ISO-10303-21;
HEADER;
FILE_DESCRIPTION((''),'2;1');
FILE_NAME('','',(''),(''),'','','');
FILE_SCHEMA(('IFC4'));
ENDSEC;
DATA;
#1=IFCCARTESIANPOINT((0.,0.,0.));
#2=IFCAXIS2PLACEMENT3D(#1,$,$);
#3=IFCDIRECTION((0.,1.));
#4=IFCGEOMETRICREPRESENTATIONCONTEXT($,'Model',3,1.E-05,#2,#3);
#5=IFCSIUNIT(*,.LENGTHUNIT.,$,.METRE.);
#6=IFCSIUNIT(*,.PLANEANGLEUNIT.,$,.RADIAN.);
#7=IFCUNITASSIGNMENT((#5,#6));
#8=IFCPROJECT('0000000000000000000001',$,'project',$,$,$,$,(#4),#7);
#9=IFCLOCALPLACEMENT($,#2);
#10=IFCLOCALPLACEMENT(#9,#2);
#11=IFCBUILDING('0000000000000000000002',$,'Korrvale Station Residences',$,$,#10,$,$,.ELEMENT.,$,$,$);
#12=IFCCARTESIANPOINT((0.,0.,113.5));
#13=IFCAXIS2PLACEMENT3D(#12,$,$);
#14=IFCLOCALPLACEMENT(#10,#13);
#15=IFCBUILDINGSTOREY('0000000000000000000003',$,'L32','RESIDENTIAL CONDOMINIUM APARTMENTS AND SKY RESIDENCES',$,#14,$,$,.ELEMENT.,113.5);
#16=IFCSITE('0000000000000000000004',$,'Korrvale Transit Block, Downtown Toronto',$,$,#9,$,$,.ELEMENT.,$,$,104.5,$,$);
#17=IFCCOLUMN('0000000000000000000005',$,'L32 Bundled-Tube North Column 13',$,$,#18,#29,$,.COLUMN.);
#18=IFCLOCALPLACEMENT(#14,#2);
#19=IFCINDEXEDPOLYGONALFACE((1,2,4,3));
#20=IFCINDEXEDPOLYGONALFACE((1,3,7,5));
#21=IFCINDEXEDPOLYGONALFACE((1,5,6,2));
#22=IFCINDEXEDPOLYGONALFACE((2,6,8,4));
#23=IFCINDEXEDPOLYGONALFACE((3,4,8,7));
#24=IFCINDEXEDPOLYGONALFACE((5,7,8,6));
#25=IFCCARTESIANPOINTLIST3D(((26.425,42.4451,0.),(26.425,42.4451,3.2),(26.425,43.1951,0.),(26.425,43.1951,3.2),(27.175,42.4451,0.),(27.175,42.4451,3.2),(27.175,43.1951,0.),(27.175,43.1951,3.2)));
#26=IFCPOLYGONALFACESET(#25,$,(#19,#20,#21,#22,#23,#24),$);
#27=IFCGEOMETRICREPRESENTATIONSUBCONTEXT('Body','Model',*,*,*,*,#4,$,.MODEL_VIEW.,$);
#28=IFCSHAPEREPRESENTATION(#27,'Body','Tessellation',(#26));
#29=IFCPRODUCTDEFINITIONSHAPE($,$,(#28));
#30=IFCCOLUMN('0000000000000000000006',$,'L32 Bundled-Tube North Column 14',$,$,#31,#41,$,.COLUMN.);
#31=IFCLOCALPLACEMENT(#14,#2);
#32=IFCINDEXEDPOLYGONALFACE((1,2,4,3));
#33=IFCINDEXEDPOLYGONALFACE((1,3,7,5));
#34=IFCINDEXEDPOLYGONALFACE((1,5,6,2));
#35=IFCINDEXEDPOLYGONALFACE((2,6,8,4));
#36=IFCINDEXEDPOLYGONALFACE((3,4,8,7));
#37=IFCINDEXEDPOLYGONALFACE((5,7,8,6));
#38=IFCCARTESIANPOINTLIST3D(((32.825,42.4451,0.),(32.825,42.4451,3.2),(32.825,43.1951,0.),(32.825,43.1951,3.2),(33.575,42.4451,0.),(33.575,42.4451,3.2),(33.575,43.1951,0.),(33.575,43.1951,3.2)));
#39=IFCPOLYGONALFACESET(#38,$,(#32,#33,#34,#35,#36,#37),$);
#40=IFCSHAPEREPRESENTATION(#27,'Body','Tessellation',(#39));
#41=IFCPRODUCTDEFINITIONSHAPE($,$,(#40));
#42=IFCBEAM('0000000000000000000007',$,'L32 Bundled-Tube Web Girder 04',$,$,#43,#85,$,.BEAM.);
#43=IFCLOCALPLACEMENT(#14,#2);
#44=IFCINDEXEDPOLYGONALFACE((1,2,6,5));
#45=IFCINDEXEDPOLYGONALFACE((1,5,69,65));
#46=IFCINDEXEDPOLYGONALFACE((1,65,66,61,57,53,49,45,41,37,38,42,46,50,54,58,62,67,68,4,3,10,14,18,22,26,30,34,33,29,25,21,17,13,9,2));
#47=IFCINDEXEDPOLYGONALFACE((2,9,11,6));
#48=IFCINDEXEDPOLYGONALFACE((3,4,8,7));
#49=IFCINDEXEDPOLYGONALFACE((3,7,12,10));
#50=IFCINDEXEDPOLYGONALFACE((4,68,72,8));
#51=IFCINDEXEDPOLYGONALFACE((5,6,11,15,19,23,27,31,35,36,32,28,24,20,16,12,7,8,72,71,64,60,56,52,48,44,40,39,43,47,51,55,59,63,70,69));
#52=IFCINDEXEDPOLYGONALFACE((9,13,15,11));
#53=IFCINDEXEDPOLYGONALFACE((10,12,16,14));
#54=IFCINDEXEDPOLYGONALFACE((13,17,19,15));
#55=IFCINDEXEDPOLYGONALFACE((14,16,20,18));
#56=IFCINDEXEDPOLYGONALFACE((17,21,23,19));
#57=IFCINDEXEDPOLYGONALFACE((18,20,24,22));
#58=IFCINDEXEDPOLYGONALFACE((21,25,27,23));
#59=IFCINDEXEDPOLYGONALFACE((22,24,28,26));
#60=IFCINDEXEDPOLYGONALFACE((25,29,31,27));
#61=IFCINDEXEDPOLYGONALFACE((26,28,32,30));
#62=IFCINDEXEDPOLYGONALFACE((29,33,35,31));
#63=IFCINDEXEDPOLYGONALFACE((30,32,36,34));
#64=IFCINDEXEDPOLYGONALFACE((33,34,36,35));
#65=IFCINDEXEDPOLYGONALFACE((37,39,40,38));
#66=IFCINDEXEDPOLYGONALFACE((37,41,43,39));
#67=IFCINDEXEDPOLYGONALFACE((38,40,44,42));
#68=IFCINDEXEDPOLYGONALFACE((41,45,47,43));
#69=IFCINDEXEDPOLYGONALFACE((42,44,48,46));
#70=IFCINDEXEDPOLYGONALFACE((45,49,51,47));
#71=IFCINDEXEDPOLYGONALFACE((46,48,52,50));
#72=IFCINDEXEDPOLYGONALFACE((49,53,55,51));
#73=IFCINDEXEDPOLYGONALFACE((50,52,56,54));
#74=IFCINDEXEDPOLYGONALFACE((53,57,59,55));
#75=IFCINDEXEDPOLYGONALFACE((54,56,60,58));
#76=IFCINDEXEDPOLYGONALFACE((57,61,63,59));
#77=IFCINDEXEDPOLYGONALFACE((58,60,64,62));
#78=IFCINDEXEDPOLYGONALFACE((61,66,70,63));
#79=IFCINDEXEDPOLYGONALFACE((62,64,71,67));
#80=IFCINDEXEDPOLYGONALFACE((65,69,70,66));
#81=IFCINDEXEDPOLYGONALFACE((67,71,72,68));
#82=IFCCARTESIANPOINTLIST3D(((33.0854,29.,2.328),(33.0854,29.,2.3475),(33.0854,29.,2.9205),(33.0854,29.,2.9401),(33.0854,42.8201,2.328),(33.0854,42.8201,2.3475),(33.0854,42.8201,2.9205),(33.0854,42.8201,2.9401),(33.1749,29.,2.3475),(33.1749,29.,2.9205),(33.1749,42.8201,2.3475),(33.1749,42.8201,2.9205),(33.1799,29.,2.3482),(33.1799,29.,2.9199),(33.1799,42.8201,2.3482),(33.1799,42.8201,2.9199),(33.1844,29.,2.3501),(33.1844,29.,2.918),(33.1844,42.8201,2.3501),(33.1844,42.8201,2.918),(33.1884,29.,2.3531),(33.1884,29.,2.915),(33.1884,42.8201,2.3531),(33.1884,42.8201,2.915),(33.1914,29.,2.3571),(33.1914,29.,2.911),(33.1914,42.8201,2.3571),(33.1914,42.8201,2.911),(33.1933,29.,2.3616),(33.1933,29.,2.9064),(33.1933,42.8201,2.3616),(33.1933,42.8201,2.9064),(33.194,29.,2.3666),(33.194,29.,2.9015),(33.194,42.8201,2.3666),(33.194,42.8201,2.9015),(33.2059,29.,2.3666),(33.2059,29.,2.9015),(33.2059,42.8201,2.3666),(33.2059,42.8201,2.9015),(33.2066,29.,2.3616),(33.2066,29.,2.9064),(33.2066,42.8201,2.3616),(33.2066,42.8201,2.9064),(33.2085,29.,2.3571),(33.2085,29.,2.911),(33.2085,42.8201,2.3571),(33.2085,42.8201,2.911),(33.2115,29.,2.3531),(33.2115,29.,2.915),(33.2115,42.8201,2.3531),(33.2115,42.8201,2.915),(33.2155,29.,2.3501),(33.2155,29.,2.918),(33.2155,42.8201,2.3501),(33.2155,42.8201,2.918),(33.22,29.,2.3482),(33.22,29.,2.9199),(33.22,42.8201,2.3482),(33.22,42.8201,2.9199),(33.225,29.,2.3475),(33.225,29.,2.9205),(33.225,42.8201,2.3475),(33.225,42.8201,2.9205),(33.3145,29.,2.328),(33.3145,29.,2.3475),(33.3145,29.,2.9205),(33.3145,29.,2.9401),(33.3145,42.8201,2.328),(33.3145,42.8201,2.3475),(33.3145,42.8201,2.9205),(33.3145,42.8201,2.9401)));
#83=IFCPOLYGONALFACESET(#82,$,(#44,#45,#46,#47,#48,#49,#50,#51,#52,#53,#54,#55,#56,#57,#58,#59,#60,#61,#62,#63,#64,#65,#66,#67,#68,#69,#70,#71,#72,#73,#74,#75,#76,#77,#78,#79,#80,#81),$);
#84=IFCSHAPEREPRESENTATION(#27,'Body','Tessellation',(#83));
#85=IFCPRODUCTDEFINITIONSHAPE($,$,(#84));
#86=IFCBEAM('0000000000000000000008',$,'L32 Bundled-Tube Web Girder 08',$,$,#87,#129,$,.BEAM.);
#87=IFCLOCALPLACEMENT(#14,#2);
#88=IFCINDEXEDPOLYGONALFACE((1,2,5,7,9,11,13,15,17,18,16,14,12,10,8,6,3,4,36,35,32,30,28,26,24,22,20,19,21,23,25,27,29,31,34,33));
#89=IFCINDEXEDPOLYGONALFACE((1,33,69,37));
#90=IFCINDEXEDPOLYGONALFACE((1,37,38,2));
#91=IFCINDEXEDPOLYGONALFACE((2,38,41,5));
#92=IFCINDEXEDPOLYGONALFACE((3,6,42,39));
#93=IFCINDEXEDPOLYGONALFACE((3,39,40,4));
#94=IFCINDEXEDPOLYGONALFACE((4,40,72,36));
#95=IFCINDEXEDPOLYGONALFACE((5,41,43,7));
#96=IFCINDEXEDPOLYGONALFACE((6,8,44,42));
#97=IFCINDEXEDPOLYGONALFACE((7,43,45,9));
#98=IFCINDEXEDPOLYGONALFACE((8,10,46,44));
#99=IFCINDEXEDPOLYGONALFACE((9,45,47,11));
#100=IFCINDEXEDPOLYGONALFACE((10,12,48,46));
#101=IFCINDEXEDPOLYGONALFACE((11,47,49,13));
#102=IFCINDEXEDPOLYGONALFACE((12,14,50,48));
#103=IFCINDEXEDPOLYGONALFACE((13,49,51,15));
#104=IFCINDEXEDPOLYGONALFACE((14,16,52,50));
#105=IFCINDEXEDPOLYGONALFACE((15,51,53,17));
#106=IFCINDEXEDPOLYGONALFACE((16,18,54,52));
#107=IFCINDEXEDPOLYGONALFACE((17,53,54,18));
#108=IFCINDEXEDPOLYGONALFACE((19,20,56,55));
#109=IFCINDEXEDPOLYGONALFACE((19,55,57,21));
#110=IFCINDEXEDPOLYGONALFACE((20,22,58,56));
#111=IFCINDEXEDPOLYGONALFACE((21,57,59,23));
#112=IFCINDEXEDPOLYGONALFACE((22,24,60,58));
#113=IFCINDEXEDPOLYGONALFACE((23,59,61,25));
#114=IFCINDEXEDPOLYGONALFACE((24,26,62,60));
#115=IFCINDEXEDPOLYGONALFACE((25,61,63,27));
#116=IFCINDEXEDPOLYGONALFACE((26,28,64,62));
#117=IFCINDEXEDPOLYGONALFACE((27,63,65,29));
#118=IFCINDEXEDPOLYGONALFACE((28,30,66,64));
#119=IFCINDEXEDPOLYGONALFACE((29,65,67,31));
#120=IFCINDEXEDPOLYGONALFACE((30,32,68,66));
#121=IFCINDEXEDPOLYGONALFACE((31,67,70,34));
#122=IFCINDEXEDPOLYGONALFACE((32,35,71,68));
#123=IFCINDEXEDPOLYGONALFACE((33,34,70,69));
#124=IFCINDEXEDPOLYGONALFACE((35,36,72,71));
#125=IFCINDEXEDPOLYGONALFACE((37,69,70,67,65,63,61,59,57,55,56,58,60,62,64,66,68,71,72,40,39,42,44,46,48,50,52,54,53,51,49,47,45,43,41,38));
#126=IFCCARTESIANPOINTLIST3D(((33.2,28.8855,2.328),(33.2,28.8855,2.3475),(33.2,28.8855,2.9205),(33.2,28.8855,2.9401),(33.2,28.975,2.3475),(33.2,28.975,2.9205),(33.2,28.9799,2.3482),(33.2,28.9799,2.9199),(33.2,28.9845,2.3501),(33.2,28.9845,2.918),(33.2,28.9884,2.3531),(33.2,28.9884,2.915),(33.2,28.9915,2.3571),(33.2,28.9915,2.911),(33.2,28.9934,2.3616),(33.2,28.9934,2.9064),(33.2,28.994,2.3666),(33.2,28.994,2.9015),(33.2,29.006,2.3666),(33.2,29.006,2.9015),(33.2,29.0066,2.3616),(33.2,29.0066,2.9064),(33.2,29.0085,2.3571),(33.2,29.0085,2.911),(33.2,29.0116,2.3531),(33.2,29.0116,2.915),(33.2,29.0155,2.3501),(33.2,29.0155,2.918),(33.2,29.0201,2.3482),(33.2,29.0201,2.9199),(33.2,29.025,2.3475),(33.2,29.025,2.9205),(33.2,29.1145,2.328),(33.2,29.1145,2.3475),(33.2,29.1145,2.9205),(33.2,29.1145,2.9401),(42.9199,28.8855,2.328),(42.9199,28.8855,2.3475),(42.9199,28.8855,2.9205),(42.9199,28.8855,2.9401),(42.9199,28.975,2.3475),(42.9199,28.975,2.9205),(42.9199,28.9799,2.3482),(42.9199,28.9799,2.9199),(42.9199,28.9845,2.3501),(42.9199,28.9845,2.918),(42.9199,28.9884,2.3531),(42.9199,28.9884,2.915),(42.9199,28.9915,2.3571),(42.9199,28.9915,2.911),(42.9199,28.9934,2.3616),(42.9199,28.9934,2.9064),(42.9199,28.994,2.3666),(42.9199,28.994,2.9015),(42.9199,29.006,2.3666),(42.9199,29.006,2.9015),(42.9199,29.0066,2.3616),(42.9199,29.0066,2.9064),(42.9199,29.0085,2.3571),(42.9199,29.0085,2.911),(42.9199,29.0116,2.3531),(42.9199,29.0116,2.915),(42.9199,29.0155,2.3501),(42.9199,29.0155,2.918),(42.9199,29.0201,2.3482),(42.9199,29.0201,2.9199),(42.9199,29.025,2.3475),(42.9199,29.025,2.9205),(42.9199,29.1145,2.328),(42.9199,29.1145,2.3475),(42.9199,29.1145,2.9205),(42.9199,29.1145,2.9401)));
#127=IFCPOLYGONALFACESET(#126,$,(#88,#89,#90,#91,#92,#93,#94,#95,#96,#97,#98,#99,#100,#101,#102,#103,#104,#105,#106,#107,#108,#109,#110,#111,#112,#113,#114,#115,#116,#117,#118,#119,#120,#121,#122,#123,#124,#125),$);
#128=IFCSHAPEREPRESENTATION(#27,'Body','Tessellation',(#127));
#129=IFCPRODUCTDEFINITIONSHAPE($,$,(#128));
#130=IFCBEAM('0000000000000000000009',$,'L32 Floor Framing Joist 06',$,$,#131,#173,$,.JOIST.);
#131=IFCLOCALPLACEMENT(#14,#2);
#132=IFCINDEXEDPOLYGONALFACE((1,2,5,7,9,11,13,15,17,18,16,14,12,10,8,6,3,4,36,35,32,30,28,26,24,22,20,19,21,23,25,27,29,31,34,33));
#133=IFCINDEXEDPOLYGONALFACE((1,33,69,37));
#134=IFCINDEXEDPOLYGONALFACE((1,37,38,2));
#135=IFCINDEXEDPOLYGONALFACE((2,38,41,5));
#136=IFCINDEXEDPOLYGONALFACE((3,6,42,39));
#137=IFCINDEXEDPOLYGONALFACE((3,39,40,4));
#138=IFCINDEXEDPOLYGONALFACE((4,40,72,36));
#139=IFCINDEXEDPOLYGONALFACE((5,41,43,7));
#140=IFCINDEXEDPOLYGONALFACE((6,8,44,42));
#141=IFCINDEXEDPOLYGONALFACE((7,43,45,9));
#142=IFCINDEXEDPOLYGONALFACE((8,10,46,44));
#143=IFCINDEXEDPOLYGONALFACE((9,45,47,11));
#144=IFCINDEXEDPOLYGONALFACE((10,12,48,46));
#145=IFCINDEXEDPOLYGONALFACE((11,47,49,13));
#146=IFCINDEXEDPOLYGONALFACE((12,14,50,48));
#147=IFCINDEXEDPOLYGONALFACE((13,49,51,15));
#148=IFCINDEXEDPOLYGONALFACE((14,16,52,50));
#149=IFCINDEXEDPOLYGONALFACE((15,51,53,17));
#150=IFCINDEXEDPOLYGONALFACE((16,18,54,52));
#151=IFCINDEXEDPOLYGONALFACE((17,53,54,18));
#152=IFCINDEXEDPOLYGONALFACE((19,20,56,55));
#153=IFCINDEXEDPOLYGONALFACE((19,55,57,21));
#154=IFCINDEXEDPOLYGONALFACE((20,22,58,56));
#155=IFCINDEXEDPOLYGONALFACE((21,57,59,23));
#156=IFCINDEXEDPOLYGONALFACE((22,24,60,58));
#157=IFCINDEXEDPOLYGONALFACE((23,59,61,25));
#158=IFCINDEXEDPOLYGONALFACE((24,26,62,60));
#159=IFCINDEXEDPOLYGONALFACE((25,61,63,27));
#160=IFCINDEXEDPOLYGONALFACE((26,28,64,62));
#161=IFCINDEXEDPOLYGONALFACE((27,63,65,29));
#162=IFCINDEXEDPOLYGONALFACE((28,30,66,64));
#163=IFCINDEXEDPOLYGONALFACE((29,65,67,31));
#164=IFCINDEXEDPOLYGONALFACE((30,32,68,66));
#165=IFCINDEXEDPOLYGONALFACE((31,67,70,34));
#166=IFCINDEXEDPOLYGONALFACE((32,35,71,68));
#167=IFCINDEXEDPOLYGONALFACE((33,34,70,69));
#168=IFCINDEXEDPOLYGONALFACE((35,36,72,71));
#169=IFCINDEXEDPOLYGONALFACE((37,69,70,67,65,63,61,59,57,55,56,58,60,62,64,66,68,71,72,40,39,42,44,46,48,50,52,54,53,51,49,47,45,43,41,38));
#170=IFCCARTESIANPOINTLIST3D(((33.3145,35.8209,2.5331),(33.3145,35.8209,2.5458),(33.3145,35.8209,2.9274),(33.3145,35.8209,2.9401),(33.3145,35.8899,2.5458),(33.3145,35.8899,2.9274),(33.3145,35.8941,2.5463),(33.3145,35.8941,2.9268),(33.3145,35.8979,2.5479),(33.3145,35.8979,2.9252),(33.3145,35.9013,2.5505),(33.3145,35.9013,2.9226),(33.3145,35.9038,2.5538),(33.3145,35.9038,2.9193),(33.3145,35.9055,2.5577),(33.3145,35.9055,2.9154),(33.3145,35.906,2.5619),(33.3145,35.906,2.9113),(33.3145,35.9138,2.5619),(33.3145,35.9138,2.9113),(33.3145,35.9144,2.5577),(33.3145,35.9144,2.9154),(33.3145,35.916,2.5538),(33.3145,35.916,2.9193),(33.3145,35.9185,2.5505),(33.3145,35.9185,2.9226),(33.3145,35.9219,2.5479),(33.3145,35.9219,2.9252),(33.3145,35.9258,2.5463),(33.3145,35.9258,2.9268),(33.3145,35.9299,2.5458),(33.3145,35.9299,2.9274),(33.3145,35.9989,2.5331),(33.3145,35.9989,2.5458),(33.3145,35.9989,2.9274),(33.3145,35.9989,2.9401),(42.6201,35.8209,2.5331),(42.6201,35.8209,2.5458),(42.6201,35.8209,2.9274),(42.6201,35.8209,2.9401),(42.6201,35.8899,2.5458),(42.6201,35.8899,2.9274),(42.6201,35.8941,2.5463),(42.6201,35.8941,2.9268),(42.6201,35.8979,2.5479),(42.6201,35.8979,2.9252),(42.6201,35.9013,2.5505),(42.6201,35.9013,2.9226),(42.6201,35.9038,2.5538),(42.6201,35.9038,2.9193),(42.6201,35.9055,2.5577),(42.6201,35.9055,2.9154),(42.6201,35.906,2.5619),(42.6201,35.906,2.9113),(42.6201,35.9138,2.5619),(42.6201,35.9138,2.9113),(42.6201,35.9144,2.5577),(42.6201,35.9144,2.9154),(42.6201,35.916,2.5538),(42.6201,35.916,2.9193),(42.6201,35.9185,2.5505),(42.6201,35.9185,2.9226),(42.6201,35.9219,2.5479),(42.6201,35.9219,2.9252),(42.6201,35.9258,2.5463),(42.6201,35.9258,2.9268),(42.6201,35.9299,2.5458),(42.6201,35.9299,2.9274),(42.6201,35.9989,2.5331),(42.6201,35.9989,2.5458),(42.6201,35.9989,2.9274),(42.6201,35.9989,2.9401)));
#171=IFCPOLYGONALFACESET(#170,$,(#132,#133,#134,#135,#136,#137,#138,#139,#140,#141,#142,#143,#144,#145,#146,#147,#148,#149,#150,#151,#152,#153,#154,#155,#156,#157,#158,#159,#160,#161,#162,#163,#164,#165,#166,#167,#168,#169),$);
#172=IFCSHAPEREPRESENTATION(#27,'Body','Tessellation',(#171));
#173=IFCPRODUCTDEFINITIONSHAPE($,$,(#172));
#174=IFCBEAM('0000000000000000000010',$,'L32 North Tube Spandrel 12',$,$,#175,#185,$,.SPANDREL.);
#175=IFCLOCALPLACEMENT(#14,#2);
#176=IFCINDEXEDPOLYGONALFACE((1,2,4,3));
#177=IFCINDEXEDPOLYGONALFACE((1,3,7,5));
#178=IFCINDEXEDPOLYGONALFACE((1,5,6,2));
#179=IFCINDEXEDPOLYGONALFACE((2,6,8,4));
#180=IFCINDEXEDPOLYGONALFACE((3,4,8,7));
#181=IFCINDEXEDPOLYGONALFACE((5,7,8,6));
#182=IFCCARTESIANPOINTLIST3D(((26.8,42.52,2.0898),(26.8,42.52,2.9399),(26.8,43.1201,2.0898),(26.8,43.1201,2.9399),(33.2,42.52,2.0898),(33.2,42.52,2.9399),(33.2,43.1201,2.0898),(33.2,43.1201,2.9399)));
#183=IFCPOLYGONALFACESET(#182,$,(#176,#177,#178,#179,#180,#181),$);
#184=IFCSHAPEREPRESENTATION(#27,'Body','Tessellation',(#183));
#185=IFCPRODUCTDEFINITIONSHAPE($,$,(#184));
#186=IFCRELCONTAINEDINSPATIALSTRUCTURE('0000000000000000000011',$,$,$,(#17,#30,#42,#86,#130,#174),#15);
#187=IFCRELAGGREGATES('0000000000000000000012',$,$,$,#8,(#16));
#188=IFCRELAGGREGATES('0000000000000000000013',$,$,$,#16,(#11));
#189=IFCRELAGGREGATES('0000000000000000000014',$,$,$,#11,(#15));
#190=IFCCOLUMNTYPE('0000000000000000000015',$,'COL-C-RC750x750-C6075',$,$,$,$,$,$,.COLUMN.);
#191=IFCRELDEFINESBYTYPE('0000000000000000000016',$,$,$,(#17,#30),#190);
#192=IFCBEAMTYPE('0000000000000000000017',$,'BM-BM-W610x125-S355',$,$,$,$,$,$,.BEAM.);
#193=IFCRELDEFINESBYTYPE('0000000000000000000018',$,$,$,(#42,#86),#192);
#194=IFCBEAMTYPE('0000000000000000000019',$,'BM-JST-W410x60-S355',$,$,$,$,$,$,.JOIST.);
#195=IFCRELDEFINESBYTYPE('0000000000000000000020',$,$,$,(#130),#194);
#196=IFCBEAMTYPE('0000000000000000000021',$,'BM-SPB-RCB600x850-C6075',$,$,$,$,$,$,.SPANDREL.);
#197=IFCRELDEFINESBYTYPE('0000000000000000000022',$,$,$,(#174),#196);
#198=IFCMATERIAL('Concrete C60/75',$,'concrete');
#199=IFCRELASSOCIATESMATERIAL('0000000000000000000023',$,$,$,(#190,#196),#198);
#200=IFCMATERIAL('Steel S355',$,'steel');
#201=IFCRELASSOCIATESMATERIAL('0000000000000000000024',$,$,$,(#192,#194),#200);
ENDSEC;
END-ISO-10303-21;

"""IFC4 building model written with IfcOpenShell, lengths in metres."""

from ifc_helpers import new_model, si_unit, direction, frame, origin, origin_2d, place, context, subcontext, project, spatial, rectangle, i_section, extrude, material, material_profile, profile_set, type_object, element, save


model = new_model("IFC4")

# Units and contexts
model_context = context("Model", 3, precision=1e-05, world=origin(), true_north=direction((0.0, 1.0)))
body_context = subcontext(model_context, "Body", "Model", "MODEL_VIEW")
ifc_project = project(units=[si_unit("LENGTHUNIT", "METRE"), si_unit("PLANEANGLEUNIT", "RADIAN")], contexts=[model_context])

# Site, building, storey
site_placement = place(None, origin())
site = spatial("IfcSite", under=ifc_project, at=site_placement, Name="Korrvale Transit Block, Downtown Toronto", CompositionType="ELEMENT", RefElevation=104.5)
building_placement = place(site_placement, origin())
building = spatial("IfcBuilding", under=site, at=building_placement, Name="Korrvale Station Residences", CompositionType="ELEMENT")
storey_placement = place(building_placement, frame((0.0, 0.0, 113.5)))
storey = spatial("IfcBuildingStorey", under=building, at=storey_placement, Name="L32", Description="RESIDENTIAL CONDOMINIUM APARTMENTS AND SKY RESIDENCES", CompositionType="ELEMENT", Elevation=113.5)

# Columns
ifc_material_1 = material(Name="Concrete C60/75", Category="concrete")
ifc_material_profile_1 = material_profile(ifc_material_1, rectangle(XDim=0.75, YDim=0.75, at=origin_2d()), Name="RC750x750")
ifc_profile_set_1 = profile_set([ifc_material_profile_1], Name="Concrete C60/75")
column_type = type_object("IfcColumnType", Name="COL-C-RC750x750-C6075", PredefinedType="COLUMN", material=ifc_profile_set_1)
for number, where, z_axis, x_axis, name in (
    (1, (26.8, 42.8201, 0.0), (0.0, 0.0, 1.0), (1.0, 0.0, 0.0), "L32 Bundled-Tube North Column 13"),
    (2, (33.2, 42.8201, 0.0), (0.0, 0.0, 1.0), (1.0, 0.0, 0.0), "L32 Bundled-Tube North Column 14"),
):
    element("IfcColumn", number, at=place(storey_placement, frame(where, z_axis=z_axis, x_axis=x_axis)), inside=storey, type_object=column_type, Name=name, PredefinedType="COLUMN", context=body_context, shape_type="SweptSolid", body=[
        extrude(rectangle(XDim=0.75, YDim=0.75, at=origin_2d()), origin(), (0.0, 0.0, 1.0), 3.2),
    ])

# Beams
ifc_material_2 = material(Name="Steel S355", Category="steel")
ifc_material_profile_2 = material_profile(ifc_material_2, i_section(OverallWidth=0.229, OverallDepth=0.6121, WebThickness=0.012, FlangeThickness=0.0195, FilletRadius=0.019, at=origin_2d()), Name="W610x125")
ifc_profile_set_2 = profile_set([ifc_material_profile_2], Name="Steel S355")
beam_type_1 = type_object("IfcBeamType", Name="BM-BM-W610x125-S355", PredefinedType="BEAM", material=ifc_profile_set_2)
beam_1_placement = place(storey_placement, frame((33.2, 29.0, 2.634), z_axis=(0.0, 1.0, 0.0), x_axis=(-1.0, 0.0, 0.0)))
element("IfcBeam", 3, at=beam_1_placement, inside=storey, type_object=beam_type_1, Name="L32 Bundled-Tube Web Girder 04", PredefinedType="BEAM", context=body_context, shape_type="SweptSolid", body=[
    extrude(i_section(OverallWidth=0.229, OverallDepth=0.6121, WebThickness=0.012, FlangeThickness=0.0195, FilletRadius=0.019, at=origin_2d()), origin(), (0.0, 0.0, 1.0), 13.8201),
])
beam_2_placement = place(storey_placement, frame((33.2, 29.0, 2.634), z_axis=(1.0, 0.0, 0.0), x_axis=(0.0, 1.0, 0.0)))
element("IfcBeam", 4, at=beam_2_placement, inside=storey, type_object=beam_type_1, Name="L32 Bundled-Tube Web Girder 08", PredefinedType="BEAM", context=body_context, shape_type="SweptSolid", body=[
    extrude(i_section(OverallWidth=0.229, OverallDepth=0.6121, WebThickness=0.012, FlangeThickness=0.0195, FilletRadius=0.019, at=origin_2d()), origin(), (0.0, 0.0, 1.0), 9.72),
])
ifc_material_profile_3 = material_profile(ifc_material_2, i_section(OverallWidth=0.178, OverallDepth=0.407, WebThickness=0.0078, FlangeThickness=0.0127, FilletRadius=0.0161, at=origin_2d()), Name="W410x60")
ifc_profile_set_3 = profile_set([ifc_material_profile_3], Name="Steel S355")
beam_type_2 = type_object("IfcBeamType", Name="BM-JST-W410x60-S355", PredefinedType="JOIST", material=ifc_profile_set_3)
beam_3_placement = place(storey_placement, frame((33.3145, 35.9099, 2.7366), z_axis=(1.0, 0.0, 0.0), x_axis=(0.0, 1.0, 0.0)))
element("IfcBeam", 5, at=beam_3_placement, inside=storey, type_object=beam_type_2, Name="L32 Floor Framing Joist 06", PredefinedType="JOIST", context=body_context, shape_type="SweptSolid", body=[
    extrude(i_section(OverallWidth=0.178, OverallDepth=0.407, WebThickness=0.0078, FlangeThickness=0.0127, FilletRadius=0.0161, at=origin_2d()), origin(), (0.0, 0.0, 1.0), 9.3057),
])
ifc_material_profile_4 = material_profile(ifc_material_1, rectangle(XDim=0.6001, YDim=0.8501, at=origin_2d()), Name="RCB600x850")
ifc_profile_set_4 = profile_set([ifc_material_profile_4], Name="Concrete C60/75")
beam_type_3 = type_object("IfcBeamType", Name="BM-SPB-RCB600x850-C6075", PredefinedType="SPANDREL", material=ifc_profile_set_4)
beam_4_placement = place(storey_placement, frame((26.8, 42.8201, 2.5149), z_axis=(1.0, 0.0, 0.0), x_axis=(0.0, 1.0, 0.0)))
element("IfcBeam", 6, at=beam_4_placement, inside=storey, type_object=beam_type_3, Name="L32 North Tube Spandrel 12", PredefinedType="SPANDREL", context=body_context, shape_type="SweptSolid", body=[
    extrude(rectangle(XDim=0.6001, YDim=0.8501, at=origin_2d()), origin(), (0.0, 0.0, 1.0), 6.3999),
])

save(model, "model.ifc")
